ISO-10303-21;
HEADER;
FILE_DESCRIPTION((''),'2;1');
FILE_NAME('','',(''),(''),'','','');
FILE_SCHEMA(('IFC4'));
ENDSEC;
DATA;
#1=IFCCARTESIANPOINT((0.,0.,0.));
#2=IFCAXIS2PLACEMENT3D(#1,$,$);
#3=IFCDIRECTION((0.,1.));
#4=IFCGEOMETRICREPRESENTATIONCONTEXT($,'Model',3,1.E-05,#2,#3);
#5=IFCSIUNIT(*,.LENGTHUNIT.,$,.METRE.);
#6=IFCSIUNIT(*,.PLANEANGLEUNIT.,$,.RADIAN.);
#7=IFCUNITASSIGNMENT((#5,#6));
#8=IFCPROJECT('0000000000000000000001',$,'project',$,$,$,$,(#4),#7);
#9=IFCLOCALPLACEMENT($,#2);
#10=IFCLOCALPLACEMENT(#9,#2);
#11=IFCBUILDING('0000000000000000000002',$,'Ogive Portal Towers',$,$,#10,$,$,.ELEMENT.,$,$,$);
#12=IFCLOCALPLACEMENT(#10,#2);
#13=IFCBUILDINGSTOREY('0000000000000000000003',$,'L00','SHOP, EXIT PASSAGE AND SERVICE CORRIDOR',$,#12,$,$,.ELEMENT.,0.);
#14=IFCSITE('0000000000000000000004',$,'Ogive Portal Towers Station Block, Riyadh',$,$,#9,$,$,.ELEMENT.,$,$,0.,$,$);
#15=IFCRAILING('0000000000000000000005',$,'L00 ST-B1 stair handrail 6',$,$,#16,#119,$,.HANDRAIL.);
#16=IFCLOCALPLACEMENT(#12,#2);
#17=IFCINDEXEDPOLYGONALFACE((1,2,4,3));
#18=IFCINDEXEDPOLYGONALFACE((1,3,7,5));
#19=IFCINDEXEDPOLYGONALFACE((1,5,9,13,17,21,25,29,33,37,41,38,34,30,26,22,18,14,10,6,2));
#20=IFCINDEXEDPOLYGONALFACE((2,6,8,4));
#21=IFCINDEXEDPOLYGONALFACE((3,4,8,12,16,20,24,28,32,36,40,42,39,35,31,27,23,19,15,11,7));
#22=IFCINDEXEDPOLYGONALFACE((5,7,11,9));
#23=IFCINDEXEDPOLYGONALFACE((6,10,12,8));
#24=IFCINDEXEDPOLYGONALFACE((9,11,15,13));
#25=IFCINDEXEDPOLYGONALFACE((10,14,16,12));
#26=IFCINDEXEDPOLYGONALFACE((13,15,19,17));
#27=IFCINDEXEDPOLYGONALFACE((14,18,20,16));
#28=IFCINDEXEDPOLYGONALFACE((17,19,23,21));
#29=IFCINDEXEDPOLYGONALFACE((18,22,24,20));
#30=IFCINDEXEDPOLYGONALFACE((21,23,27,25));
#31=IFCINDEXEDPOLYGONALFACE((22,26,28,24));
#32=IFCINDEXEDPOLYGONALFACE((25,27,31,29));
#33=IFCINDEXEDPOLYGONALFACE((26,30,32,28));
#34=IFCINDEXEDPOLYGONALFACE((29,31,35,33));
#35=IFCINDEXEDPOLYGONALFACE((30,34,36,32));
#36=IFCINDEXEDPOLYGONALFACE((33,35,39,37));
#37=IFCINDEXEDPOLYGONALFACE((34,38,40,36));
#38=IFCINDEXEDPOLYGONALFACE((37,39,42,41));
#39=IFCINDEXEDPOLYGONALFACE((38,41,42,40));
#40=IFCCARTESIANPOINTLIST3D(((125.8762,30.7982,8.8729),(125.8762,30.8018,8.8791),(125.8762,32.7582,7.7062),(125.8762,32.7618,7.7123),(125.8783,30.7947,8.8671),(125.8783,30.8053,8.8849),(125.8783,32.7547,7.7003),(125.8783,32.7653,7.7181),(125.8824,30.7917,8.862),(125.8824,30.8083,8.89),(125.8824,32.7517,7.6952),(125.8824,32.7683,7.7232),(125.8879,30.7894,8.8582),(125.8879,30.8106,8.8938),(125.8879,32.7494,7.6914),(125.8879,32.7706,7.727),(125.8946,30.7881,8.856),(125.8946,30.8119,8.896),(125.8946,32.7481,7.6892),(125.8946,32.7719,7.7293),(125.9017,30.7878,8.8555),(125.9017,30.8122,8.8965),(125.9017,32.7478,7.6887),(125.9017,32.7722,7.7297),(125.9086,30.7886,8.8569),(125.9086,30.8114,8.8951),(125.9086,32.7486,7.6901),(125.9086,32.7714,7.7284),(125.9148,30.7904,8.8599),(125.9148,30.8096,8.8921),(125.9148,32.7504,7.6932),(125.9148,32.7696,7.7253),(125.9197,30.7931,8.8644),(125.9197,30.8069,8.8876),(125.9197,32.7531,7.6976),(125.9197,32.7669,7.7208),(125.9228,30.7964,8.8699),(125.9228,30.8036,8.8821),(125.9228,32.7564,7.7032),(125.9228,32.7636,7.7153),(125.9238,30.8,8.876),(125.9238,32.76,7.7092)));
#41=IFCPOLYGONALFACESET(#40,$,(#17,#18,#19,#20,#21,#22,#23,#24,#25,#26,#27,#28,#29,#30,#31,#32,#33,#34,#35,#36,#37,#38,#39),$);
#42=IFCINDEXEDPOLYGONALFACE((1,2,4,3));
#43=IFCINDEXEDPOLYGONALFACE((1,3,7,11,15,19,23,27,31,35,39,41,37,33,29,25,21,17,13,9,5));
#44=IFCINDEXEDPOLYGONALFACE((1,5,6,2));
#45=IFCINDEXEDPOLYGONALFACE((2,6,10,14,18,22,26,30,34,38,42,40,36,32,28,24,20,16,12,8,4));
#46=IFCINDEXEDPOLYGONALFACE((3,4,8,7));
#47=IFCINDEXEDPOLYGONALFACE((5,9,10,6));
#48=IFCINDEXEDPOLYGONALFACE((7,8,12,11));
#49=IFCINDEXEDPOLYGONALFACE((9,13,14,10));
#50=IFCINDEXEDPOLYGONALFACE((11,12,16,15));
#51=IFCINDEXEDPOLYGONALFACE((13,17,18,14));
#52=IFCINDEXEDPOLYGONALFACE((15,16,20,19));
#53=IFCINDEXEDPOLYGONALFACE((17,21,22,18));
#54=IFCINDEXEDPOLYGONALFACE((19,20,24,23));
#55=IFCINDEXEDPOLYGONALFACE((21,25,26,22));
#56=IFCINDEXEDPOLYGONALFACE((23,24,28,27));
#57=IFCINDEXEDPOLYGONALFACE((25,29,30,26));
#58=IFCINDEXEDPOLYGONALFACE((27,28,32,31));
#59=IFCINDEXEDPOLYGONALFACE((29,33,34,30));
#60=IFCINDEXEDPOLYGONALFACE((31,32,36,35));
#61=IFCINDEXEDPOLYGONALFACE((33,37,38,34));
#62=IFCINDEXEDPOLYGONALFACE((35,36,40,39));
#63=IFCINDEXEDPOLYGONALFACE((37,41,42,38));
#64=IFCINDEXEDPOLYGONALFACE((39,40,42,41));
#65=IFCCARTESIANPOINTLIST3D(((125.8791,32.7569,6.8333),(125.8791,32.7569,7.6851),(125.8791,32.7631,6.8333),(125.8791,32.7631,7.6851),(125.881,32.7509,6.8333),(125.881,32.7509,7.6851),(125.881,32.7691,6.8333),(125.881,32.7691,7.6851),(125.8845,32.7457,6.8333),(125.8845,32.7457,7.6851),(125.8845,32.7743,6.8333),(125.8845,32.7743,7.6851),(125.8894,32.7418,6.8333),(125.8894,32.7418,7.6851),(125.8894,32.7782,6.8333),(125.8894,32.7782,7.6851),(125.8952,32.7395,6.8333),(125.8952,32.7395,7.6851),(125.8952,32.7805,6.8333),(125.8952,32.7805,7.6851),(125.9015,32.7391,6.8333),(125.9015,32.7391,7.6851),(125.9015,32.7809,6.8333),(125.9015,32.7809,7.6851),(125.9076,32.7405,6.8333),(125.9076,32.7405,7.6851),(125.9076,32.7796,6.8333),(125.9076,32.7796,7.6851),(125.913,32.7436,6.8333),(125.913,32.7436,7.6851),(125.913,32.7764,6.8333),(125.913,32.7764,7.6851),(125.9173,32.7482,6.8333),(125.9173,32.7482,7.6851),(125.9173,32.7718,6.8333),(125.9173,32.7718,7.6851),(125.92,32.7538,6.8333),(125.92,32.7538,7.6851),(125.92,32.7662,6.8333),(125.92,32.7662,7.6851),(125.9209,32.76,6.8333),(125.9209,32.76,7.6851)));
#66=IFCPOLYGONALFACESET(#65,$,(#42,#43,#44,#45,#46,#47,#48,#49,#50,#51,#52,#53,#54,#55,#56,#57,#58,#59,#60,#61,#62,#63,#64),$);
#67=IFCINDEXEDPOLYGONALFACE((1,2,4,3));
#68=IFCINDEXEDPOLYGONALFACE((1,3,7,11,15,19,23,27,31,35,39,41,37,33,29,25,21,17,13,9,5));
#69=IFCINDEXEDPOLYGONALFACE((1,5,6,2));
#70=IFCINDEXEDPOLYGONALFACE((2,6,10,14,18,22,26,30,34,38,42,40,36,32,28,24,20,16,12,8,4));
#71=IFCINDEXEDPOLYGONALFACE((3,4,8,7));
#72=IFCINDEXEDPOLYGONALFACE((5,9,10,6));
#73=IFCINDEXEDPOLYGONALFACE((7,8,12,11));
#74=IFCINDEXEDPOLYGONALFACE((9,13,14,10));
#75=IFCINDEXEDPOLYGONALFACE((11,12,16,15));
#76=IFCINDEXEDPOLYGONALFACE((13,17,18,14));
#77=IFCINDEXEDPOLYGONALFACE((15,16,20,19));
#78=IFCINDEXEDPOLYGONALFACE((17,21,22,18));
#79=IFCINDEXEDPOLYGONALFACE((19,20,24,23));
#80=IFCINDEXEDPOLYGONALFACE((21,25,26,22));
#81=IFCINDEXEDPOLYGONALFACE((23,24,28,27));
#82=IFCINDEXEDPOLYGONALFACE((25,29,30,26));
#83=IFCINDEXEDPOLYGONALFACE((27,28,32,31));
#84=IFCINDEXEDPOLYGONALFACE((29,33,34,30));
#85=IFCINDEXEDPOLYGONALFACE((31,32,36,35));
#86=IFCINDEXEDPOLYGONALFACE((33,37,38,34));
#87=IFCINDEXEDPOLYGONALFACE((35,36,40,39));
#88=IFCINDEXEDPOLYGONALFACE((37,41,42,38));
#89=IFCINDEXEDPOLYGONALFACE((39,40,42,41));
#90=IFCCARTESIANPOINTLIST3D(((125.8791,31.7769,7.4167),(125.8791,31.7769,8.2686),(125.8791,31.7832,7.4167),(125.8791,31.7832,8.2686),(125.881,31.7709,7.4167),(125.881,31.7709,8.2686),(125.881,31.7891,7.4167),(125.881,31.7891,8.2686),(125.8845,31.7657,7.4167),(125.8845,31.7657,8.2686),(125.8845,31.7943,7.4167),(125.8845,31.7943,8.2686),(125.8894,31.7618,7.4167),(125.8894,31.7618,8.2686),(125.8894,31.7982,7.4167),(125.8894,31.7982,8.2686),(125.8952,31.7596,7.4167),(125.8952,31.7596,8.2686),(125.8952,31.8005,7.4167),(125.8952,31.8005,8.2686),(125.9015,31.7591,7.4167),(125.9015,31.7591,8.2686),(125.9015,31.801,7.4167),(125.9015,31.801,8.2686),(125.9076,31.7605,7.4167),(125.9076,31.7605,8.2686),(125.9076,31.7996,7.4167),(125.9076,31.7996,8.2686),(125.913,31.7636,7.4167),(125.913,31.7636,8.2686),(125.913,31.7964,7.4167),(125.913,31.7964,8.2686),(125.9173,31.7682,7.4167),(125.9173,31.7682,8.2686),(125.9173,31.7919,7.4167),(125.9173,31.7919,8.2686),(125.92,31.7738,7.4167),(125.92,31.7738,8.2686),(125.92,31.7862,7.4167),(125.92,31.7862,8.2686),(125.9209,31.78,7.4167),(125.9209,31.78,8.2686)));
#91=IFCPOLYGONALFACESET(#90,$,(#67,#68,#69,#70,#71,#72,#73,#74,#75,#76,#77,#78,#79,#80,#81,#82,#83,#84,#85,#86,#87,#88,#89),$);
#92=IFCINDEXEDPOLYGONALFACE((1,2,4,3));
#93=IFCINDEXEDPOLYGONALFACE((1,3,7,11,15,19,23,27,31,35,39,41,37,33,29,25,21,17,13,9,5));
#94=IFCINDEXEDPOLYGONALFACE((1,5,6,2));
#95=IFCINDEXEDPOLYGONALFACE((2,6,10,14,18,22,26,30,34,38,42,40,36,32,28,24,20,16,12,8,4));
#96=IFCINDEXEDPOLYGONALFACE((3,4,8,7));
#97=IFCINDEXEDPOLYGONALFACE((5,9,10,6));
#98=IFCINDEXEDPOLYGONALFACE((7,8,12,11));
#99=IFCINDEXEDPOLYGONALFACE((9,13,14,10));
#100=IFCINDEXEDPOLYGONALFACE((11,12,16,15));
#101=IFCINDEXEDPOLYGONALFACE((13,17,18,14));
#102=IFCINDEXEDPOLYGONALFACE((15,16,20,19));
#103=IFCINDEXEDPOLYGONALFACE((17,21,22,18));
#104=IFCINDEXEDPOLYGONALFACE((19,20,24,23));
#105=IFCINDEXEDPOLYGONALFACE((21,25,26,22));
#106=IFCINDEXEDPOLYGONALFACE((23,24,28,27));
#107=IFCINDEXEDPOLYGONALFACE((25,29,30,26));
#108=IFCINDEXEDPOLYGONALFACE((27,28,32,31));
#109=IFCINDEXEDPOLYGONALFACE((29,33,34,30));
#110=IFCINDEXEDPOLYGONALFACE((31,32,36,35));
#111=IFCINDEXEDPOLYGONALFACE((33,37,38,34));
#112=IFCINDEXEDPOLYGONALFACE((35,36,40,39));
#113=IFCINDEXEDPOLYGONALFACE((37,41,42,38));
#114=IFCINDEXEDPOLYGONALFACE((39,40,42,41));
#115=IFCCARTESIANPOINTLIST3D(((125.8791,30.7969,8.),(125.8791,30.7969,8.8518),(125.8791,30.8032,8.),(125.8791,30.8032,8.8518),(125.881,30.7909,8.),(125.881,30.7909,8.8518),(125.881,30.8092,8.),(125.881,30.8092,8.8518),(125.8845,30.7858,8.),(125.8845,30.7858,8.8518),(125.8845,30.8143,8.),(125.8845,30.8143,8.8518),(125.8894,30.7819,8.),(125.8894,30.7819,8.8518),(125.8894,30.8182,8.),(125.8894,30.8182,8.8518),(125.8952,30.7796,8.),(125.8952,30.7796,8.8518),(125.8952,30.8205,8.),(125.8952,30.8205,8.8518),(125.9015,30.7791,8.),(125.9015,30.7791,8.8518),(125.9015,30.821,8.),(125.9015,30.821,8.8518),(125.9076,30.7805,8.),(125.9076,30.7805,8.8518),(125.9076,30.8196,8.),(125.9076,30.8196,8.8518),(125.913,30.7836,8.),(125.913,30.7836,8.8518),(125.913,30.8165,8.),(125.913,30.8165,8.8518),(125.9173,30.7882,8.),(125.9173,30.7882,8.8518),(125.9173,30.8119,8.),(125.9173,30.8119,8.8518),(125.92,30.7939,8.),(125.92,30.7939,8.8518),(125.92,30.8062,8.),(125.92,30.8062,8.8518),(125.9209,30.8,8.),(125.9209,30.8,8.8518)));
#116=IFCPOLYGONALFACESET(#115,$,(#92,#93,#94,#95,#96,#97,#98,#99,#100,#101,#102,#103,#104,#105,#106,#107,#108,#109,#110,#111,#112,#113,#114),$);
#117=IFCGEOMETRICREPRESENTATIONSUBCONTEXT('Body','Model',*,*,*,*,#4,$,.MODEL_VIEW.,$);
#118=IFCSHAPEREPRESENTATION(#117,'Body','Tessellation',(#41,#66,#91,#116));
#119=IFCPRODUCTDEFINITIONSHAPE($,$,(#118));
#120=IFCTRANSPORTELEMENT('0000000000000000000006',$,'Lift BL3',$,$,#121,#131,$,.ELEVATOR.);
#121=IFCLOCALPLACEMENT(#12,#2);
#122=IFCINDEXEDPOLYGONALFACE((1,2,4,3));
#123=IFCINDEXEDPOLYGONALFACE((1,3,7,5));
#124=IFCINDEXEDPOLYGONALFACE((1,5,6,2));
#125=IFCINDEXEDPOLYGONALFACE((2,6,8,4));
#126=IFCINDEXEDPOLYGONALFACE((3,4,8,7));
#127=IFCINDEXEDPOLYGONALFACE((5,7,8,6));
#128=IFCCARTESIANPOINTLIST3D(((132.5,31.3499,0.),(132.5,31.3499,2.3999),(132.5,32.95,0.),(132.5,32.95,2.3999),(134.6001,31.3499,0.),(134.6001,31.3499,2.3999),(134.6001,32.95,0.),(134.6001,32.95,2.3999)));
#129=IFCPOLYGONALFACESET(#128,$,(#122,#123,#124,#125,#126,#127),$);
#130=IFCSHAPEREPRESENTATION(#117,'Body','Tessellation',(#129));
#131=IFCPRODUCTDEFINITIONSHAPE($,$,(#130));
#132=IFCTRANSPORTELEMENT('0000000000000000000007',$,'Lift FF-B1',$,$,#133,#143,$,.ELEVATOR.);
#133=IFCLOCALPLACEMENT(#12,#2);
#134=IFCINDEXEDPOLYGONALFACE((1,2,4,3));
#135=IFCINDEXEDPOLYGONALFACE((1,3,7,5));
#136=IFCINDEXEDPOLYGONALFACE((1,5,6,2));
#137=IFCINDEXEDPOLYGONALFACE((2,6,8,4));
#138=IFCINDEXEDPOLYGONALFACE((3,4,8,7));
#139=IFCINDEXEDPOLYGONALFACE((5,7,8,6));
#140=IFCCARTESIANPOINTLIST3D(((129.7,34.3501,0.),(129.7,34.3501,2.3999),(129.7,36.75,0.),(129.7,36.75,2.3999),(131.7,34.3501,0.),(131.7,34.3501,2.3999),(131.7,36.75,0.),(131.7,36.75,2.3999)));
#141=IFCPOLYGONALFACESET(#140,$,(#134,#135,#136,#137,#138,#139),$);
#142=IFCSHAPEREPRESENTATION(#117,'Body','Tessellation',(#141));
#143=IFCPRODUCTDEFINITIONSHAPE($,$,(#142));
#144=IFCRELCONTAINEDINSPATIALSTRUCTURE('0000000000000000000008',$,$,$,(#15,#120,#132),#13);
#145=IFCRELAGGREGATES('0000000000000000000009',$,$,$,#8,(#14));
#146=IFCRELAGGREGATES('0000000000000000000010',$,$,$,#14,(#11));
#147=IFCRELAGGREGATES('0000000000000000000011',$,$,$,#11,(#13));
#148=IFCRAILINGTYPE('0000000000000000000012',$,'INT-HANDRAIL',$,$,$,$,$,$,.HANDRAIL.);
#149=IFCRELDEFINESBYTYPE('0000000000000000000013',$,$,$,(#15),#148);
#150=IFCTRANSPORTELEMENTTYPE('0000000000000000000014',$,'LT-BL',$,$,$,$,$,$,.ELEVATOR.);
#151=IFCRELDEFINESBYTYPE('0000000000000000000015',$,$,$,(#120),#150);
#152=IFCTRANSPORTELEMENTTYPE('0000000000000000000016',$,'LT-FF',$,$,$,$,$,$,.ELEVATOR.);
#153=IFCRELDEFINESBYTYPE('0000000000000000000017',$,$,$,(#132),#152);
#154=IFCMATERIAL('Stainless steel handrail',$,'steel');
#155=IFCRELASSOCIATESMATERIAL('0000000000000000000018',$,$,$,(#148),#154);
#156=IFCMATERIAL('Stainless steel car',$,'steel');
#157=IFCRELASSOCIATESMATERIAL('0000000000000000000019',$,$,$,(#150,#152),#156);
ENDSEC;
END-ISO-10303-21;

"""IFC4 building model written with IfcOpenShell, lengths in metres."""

from ifc_helpers import new_model, si_unit, direction, frame, origin, origin_2d, place, context, subcontext, project, spatial, rectangle, circle, extrude, material, type_object, element, save


model = new_model("IFC4")

# Units and contexts
model_context = context("Model", 3, precision=1e-05, world=origin(), true_north=direction((0.0, 1.0)))
body_context = subcontext(model_context, "Body", "Model", "MODEL_VIEW")
ifc_project = project(units=[si_unit("LENGTHUNIT", "METRE"), si_unit("PLANEANGLEUNIT", "RADIAN")], contexts=[model_context])

# Site, building, storey
site_placement = place(None, origin())
site = spatial("IfcSite", under=ifc_project, at=site_placement, Name="Ogive Portal Towers Station Block, Riyadh", CompositionType="ELEMENT", RefElevation=0.0)
building_placement = place(site_placement, origin())
building = spatial("IfcBuilding", under=site, at=building_placement, Name="Ogive Portal Towers", CompositionType="ELEMENT")
storey_placement = place(building_placement, origin())
storey = spatial("IfcBuildingStorey", under=building, at=storey_placement, Name="L00", Description="SHOP, EXIT PASSAGE AND SERVICE CORRIDOR", CompositionType="ELEMENT", Elevation=0.0)

# Railing
ifc_material_1 = material(Name="Stainless steel handrail", Category="steel")
railing_type_1 = type_object("IfcRailingType", Name="INT-HANDRAIL", PredefinedType="HANDRAIL", material=ifc_material_1)
railing_1_placement = place(storey_placement, frame((125.8999, 32.76, 6.8333)))
element("IfcRailing", 1, at=railing_1_placement, inside=storey, type_object=railing_type_1, Name="L00 ST-B1 stair handrail 6", PredefinedType="HANDRAIL", context=body_context, shape_type="SweptSolid", body=[
    extrude(circle(Radius=0.0239, at=origin_2d()), frame((0.0, 0.0, 0.876), z_axis=(0.0, -0.859273, 0.511518), x_axis=(1.0, 0.0, 0.0)), (0.0, 0.0, 1.0), 2.281),
    extrude(circle(Radius=0.021, at=origin_2d()), origin(), (0.0, 0.0, 1.0), 0.8518),
    extrude(circle(Radius=0.021, at=origin_2d()), frame((0.0, -0.98, 0.5835)), (0.0, 0.0, 1.0), 0.8518),
    extrude(circle(Radius=0.021, at=origin_2d()), frame((0.0, -1.96, 1.1667)), (0.0, 0.0, 1.0), 0.8518),
])

# Transport elements
ifc_material_2 = material(Name="Stainless steel car", Category="steel")
transport_element_type_1 = type_object("IfcTransportElementType", Name="LT-BL", PredefinedType="ELEVATOR", material=ifc_material_2)
transport_element_1_placement = place(storey_placement, frame((133.55, 32.1499, 0.0), z_axis=(0.0, 0.0, 1.0), x_axis=(1.0, 0.0, 0.0)))
element("IfcTransportElement", 2, at=transport_element_1_placement, inside=storey, type_object=transport_element_type_1, Name="Lift BL3", PredefinedType="ELEVATOR", context=body_context, shape_type="SweptSolid", body=[
    extrude(rectangle(XDim=2.1001, YDim=1.6001, at=origin_2d()), origin(), (0.0, 0.0, 1.0), 2.3999),
])
transport_element_type_2 = type_object("IfcTransportElementType", Name="LT-FF", PredefinedType="ELEVATOR", material=ifc_material_2)
transport_element_2_placement = place(storey_placement, frame((130.7, 35.55, 0.0), z_axis=(0.0, 0.0, 1.0), x_axis=(1.0, 0.0, 0.0)))
element("IfcTransportElement", 3, at=transport_element_2_placement, inside=storey, type_object=transport_element_type_2, Name="Lift FF-B1", PredefinedType="ELEVATOR", context=body_context, shape_type="SweptSolid", body=[
    extrude(rectangle(XDim=2.0, YDim=2.3999, at=origin_2d()), origin(), (0.0, 0.0, 1.0), 2.3999),
])

save(model, "model.ifc")
